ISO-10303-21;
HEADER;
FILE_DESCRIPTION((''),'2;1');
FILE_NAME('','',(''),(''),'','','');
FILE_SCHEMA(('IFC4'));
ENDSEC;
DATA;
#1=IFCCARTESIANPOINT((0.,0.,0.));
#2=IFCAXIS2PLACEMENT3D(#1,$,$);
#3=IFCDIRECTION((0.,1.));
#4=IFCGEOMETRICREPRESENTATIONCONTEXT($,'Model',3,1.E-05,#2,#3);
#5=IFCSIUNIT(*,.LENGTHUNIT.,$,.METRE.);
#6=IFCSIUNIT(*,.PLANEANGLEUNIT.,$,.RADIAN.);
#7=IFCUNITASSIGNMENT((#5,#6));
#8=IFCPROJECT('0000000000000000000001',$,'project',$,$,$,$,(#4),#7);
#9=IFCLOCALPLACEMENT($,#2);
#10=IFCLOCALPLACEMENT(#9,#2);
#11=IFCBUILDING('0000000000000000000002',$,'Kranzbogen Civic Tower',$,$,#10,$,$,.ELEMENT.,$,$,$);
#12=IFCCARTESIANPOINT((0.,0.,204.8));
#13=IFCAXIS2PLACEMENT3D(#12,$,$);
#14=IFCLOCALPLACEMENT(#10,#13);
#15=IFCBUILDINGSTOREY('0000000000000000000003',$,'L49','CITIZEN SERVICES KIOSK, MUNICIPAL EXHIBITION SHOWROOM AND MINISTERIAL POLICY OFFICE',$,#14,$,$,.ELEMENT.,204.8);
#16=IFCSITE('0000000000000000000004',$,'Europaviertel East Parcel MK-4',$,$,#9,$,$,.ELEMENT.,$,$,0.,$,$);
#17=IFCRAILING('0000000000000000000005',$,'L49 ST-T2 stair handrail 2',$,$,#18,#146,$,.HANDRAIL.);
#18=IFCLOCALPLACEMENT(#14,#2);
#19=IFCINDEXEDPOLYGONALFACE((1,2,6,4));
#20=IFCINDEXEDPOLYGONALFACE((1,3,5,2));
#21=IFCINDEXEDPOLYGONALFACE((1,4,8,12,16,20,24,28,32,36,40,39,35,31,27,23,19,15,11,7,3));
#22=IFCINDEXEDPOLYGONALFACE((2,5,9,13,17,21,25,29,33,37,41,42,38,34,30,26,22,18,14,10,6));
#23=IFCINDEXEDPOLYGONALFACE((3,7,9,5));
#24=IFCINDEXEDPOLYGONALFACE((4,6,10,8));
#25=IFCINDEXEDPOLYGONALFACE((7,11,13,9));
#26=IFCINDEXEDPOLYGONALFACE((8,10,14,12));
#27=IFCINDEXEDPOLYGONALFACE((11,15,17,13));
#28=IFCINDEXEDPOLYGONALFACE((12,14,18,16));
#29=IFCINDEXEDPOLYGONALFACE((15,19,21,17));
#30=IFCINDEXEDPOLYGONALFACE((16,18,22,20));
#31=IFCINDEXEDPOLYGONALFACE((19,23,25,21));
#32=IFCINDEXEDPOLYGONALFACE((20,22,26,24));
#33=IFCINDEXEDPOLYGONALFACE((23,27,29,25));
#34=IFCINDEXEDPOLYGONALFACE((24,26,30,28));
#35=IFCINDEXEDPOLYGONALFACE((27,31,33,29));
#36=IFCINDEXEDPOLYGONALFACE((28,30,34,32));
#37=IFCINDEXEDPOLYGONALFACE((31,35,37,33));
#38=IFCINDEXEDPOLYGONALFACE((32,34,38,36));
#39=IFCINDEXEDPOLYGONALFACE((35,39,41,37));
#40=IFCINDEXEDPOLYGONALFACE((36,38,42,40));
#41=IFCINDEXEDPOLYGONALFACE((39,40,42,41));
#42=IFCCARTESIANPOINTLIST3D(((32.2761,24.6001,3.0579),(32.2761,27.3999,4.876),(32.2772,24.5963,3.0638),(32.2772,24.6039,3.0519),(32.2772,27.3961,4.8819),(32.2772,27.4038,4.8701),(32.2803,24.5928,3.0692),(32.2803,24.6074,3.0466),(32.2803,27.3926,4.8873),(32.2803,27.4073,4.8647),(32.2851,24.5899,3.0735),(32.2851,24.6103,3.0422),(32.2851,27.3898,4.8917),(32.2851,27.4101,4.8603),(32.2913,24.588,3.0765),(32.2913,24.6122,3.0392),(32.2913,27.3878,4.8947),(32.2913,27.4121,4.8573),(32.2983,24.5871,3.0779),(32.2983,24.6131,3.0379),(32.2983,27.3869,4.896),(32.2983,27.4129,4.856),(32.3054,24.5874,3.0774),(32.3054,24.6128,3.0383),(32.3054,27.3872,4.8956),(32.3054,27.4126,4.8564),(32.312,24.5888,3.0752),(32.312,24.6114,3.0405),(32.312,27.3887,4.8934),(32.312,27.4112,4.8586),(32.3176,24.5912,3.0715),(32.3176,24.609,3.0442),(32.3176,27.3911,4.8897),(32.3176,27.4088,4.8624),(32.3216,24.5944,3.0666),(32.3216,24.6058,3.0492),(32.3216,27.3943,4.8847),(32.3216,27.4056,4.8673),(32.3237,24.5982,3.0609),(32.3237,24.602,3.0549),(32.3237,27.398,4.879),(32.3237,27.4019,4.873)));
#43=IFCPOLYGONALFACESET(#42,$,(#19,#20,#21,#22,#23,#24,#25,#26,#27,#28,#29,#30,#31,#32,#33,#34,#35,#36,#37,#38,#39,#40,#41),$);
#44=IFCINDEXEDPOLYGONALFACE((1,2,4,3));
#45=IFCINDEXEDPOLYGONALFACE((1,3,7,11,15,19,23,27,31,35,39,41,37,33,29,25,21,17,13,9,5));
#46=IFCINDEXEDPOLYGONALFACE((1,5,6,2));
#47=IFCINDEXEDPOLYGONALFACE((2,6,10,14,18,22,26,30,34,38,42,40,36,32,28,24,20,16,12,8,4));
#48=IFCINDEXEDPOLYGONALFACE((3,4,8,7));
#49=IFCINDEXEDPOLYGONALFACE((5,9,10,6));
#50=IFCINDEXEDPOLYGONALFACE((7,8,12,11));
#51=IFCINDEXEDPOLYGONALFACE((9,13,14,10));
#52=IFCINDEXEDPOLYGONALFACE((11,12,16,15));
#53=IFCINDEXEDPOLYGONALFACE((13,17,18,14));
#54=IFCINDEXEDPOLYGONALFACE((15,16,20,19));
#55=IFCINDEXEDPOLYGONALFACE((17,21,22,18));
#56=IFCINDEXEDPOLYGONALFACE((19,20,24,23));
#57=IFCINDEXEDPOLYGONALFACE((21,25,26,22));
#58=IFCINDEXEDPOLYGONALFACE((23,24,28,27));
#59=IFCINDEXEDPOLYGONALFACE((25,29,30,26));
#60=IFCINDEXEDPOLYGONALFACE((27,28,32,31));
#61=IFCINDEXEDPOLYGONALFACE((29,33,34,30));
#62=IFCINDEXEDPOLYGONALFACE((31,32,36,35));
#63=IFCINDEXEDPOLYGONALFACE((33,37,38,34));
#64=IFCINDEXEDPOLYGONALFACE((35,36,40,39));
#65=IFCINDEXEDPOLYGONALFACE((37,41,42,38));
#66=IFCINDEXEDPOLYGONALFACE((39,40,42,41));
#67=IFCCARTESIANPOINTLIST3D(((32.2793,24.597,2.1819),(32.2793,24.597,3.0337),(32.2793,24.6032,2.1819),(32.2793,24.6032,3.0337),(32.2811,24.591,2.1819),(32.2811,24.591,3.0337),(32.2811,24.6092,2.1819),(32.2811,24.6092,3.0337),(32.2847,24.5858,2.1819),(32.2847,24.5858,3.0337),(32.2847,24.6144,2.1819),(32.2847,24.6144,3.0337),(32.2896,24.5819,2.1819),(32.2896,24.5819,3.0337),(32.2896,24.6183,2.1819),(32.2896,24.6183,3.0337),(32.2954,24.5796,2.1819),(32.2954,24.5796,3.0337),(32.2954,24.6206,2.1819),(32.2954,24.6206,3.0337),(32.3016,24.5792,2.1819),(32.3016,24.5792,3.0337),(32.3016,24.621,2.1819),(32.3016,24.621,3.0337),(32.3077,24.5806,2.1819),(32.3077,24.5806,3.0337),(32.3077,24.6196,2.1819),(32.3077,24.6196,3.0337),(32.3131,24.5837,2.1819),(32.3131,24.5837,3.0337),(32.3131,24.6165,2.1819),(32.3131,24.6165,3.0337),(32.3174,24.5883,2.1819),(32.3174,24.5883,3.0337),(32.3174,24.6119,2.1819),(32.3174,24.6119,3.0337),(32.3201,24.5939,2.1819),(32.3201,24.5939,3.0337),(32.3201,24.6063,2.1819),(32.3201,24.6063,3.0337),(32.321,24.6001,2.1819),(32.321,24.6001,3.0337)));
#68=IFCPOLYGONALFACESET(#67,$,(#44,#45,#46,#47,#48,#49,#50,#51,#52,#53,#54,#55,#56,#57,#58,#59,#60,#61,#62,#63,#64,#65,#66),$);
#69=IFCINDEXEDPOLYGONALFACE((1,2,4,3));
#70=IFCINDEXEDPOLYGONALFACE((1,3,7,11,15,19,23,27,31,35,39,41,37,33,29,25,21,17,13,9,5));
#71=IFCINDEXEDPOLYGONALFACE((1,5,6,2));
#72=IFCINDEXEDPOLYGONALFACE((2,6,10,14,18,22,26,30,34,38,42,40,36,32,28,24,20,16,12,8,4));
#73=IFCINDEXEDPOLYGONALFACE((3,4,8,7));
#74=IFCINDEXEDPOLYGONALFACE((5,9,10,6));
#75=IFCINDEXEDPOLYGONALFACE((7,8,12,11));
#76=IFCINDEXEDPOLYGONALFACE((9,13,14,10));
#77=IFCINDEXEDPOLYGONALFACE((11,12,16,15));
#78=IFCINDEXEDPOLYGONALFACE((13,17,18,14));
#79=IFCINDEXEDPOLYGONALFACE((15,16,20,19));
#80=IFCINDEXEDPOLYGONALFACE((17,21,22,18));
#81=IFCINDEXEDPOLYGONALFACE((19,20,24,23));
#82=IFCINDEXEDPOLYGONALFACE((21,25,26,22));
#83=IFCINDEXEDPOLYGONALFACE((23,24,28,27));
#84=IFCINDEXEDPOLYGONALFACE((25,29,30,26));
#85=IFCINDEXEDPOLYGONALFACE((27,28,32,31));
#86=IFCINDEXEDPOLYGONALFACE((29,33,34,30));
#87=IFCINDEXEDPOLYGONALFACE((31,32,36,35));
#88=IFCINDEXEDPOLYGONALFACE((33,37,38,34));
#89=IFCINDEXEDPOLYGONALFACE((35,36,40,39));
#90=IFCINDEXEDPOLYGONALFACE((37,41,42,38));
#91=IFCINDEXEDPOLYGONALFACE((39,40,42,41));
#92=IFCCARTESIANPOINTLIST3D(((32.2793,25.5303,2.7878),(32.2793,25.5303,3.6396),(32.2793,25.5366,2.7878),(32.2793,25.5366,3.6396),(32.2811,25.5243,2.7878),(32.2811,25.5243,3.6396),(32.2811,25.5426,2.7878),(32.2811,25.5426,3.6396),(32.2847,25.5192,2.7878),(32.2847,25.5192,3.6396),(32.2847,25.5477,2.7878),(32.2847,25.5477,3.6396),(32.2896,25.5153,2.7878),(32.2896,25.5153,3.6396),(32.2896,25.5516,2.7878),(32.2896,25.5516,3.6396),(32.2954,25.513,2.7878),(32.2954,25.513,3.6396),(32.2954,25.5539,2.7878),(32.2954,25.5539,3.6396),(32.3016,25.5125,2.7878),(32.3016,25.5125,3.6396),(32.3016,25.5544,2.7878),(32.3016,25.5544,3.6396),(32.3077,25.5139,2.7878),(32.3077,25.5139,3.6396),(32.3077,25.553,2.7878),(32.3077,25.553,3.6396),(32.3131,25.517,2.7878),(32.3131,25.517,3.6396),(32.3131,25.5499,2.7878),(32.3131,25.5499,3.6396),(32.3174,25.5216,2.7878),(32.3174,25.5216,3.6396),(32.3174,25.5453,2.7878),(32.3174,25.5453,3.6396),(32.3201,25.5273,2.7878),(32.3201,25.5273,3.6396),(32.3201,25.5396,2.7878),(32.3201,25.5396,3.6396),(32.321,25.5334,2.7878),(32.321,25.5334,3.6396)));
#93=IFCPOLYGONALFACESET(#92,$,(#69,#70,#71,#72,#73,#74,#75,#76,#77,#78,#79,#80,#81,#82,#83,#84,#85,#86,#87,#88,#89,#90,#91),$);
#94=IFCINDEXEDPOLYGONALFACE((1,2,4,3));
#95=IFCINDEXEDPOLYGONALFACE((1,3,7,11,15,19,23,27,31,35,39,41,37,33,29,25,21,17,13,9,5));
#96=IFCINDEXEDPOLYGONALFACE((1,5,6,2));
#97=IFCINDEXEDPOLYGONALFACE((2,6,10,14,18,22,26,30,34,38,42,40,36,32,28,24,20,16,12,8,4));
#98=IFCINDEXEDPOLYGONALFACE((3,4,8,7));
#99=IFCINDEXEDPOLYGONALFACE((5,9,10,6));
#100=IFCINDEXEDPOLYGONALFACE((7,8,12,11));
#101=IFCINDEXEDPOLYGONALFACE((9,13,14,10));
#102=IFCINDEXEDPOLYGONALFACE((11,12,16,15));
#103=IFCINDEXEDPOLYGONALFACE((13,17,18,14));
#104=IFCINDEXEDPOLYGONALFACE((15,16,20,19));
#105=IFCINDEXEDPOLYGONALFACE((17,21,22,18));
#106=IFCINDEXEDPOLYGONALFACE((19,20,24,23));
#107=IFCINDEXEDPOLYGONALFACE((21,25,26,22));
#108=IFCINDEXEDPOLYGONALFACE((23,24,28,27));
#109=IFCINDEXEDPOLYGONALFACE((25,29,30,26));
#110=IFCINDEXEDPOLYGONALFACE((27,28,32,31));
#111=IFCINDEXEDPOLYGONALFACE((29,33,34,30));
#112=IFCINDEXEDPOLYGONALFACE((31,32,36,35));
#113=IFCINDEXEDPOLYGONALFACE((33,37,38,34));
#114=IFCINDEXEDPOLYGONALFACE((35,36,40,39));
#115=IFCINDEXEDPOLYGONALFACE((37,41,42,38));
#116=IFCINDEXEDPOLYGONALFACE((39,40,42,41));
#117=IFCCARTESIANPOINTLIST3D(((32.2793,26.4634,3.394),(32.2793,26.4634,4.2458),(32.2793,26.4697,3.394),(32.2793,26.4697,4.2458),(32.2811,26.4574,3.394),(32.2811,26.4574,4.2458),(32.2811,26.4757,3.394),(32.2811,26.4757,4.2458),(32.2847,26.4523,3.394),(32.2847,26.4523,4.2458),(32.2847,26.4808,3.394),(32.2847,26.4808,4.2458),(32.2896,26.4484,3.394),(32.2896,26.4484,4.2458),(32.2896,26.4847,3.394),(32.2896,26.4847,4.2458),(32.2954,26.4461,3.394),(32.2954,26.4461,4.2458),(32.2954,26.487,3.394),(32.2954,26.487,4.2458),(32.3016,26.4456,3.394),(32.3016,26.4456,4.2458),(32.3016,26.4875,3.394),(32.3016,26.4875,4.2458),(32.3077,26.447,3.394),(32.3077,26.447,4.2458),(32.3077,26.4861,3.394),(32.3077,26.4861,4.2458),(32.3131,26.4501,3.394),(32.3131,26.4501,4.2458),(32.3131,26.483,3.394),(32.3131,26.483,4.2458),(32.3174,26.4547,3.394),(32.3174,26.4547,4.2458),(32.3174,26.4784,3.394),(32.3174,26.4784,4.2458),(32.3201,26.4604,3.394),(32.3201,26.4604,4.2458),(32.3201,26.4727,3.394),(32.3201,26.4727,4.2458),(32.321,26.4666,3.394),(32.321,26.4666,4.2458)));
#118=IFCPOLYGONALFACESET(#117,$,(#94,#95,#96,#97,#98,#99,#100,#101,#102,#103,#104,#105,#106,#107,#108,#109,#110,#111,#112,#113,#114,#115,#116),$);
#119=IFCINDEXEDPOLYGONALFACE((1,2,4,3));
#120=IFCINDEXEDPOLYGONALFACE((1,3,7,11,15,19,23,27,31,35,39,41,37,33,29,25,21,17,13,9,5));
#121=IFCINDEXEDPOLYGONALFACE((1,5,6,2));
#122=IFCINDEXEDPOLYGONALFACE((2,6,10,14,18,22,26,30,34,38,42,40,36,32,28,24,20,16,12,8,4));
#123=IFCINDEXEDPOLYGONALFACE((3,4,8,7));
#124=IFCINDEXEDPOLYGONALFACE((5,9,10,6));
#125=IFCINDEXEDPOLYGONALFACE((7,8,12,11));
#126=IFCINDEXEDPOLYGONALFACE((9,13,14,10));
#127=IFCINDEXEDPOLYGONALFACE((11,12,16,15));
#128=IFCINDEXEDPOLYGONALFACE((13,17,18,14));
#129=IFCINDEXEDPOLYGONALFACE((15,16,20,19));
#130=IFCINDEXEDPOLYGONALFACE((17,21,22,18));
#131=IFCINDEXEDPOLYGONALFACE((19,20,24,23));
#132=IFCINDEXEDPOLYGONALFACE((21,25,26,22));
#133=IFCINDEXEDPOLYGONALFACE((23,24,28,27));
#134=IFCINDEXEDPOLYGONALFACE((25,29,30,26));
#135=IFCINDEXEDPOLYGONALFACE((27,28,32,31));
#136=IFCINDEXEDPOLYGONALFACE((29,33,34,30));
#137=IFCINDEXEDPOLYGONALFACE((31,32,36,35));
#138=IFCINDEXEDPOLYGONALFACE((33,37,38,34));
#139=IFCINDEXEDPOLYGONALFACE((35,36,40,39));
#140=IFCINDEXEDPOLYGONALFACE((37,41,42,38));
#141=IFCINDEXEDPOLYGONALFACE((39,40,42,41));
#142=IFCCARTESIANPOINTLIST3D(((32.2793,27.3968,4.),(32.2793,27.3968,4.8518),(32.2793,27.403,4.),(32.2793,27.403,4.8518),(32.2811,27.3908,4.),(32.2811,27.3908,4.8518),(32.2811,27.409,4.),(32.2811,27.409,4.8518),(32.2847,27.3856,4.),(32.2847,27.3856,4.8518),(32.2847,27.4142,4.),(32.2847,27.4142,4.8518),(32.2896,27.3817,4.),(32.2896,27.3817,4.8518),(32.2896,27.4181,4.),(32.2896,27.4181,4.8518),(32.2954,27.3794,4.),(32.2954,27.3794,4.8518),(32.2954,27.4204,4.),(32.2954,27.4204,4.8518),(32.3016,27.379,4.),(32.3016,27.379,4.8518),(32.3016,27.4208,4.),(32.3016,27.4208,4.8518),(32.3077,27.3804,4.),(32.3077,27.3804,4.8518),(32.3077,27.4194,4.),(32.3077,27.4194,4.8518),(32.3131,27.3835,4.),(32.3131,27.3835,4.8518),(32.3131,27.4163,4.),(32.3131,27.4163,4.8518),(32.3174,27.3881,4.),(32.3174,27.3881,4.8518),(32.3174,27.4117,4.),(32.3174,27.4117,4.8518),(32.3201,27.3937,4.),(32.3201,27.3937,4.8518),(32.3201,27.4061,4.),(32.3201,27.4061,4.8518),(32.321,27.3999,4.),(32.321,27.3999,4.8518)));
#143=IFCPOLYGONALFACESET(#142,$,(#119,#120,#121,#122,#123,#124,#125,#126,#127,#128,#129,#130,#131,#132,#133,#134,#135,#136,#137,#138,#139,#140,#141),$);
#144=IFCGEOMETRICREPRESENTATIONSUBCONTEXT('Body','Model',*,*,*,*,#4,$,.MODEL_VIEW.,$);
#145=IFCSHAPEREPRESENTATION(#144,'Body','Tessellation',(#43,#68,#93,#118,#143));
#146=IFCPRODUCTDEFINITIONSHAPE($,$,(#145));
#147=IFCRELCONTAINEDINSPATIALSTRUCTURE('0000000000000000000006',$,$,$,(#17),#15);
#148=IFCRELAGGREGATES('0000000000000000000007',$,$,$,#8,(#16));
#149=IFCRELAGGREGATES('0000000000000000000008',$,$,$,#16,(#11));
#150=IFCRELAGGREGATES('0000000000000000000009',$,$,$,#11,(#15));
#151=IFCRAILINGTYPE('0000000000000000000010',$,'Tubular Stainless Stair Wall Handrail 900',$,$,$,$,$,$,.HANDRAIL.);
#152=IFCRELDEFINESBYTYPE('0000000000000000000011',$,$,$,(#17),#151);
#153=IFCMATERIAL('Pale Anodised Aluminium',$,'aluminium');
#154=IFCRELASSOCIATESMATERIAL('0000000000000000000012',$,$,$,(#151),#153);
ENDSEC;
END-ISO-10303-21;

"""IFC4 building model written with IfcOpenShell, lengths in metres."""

from ifc_helpers import new_model, si_unit, direction, frame, origin, origin_2d, place, context, subcontext, project, spatial, circle, extrude, material, type_object, element, save


model = new_model("IFC4")

# Units and contexts
model_context = context("Model", 3, precision=1e-05, world=origin(), true_north=direction((0.0, 1.0)))
body_context = subcontext(model_context, "Body", "Model", "MODEL_VIEW")
ifc_project = project(units=[si_unit("LENGTHUNIT", "METRE"), si_unit("PLANEANGLEUNIT", "RADIAN")], contexts=[model_context])

# Site, building, storey
site_placement = place(None, origin())
site = spatial("IfcSite", under=ifc_project, at=site_placement, Name="Europaviertel East Parcel MK-4", CompositionType="ELEMENT", RefElevation=0.0)
building_placement = place(site_placement, origin())
building = spatial("IfcBuilding", under=site, at=building_placement, Name="Kranzbogen Civic Tower", CompositionType="ELEMENT")
storey_placement = place(building_placement, frame((0.0, 0.0, 204.8)))
storey = spatial("IfcBuildingStorey", under=building, at=storey_placement, Name="L49", Description="CITIZEN SERVICES KIOSK, MUNICIPAL EXHIBITION SHOWROOM AND MINISTERIAL POLICY OFFICE", CompositionType="ELEMENT", Elevation=204.8)

# Shared definitions
ifc_material_1 = material(Name="Pale Anodised Aluminium", Category="aluminium")

# Railing
railing_type_1 = type_object("IfcRailingType", Name="Tubular Stainless Stair Wall Handrail 900", PredefinedType="HANDRAIL", material=ifc_material_1)
railing_1_placement = place(storey_placement, frame((32.3, 24.6001, 2.1819)))
element("IfcRailing", 1, at=railing_1_placement, inside=storey, type_object=railing_type_1, Name="L49 ST-T2 stair handrail 2", PredefinedType="HANDRAIL", context=body_context, shape_type="SweptSolid", body=[
    extrude(circle(Radius=0.0239, at=origin_2d()), frame((0.0, 0.0, 0.876), z_axis=(0.0, 0.838684, 0.544618), x_axis=(-1.0, 0.0, 0.0)), (0.0, 0.0, 1.0), 3.3384),
    extrude(circle(Radius=0.021, at=origin_2d()), origin(), (0.0, 0.0, 1.0), 0.8518),
    extrude(circle(Radius=0.021, at=origin_2d()), frame((0.0, 0.9333, 0.606)), (0.0, 0.0, 1.0), 0.8518),
    extrude(circle(Radius=0.021, at=origin_2d()), frame((0.0, 1.8665, 1.2122)), (0.0, 0.0, 1.0), 0.8518),
    extrude(circle(Radius=0.021, at=origin_2d()), frame((0.0, 2.7998, 1.8181)), (0.0, 0.0, 1.0), 0.8518),
])

save(model, "model.ifc")
